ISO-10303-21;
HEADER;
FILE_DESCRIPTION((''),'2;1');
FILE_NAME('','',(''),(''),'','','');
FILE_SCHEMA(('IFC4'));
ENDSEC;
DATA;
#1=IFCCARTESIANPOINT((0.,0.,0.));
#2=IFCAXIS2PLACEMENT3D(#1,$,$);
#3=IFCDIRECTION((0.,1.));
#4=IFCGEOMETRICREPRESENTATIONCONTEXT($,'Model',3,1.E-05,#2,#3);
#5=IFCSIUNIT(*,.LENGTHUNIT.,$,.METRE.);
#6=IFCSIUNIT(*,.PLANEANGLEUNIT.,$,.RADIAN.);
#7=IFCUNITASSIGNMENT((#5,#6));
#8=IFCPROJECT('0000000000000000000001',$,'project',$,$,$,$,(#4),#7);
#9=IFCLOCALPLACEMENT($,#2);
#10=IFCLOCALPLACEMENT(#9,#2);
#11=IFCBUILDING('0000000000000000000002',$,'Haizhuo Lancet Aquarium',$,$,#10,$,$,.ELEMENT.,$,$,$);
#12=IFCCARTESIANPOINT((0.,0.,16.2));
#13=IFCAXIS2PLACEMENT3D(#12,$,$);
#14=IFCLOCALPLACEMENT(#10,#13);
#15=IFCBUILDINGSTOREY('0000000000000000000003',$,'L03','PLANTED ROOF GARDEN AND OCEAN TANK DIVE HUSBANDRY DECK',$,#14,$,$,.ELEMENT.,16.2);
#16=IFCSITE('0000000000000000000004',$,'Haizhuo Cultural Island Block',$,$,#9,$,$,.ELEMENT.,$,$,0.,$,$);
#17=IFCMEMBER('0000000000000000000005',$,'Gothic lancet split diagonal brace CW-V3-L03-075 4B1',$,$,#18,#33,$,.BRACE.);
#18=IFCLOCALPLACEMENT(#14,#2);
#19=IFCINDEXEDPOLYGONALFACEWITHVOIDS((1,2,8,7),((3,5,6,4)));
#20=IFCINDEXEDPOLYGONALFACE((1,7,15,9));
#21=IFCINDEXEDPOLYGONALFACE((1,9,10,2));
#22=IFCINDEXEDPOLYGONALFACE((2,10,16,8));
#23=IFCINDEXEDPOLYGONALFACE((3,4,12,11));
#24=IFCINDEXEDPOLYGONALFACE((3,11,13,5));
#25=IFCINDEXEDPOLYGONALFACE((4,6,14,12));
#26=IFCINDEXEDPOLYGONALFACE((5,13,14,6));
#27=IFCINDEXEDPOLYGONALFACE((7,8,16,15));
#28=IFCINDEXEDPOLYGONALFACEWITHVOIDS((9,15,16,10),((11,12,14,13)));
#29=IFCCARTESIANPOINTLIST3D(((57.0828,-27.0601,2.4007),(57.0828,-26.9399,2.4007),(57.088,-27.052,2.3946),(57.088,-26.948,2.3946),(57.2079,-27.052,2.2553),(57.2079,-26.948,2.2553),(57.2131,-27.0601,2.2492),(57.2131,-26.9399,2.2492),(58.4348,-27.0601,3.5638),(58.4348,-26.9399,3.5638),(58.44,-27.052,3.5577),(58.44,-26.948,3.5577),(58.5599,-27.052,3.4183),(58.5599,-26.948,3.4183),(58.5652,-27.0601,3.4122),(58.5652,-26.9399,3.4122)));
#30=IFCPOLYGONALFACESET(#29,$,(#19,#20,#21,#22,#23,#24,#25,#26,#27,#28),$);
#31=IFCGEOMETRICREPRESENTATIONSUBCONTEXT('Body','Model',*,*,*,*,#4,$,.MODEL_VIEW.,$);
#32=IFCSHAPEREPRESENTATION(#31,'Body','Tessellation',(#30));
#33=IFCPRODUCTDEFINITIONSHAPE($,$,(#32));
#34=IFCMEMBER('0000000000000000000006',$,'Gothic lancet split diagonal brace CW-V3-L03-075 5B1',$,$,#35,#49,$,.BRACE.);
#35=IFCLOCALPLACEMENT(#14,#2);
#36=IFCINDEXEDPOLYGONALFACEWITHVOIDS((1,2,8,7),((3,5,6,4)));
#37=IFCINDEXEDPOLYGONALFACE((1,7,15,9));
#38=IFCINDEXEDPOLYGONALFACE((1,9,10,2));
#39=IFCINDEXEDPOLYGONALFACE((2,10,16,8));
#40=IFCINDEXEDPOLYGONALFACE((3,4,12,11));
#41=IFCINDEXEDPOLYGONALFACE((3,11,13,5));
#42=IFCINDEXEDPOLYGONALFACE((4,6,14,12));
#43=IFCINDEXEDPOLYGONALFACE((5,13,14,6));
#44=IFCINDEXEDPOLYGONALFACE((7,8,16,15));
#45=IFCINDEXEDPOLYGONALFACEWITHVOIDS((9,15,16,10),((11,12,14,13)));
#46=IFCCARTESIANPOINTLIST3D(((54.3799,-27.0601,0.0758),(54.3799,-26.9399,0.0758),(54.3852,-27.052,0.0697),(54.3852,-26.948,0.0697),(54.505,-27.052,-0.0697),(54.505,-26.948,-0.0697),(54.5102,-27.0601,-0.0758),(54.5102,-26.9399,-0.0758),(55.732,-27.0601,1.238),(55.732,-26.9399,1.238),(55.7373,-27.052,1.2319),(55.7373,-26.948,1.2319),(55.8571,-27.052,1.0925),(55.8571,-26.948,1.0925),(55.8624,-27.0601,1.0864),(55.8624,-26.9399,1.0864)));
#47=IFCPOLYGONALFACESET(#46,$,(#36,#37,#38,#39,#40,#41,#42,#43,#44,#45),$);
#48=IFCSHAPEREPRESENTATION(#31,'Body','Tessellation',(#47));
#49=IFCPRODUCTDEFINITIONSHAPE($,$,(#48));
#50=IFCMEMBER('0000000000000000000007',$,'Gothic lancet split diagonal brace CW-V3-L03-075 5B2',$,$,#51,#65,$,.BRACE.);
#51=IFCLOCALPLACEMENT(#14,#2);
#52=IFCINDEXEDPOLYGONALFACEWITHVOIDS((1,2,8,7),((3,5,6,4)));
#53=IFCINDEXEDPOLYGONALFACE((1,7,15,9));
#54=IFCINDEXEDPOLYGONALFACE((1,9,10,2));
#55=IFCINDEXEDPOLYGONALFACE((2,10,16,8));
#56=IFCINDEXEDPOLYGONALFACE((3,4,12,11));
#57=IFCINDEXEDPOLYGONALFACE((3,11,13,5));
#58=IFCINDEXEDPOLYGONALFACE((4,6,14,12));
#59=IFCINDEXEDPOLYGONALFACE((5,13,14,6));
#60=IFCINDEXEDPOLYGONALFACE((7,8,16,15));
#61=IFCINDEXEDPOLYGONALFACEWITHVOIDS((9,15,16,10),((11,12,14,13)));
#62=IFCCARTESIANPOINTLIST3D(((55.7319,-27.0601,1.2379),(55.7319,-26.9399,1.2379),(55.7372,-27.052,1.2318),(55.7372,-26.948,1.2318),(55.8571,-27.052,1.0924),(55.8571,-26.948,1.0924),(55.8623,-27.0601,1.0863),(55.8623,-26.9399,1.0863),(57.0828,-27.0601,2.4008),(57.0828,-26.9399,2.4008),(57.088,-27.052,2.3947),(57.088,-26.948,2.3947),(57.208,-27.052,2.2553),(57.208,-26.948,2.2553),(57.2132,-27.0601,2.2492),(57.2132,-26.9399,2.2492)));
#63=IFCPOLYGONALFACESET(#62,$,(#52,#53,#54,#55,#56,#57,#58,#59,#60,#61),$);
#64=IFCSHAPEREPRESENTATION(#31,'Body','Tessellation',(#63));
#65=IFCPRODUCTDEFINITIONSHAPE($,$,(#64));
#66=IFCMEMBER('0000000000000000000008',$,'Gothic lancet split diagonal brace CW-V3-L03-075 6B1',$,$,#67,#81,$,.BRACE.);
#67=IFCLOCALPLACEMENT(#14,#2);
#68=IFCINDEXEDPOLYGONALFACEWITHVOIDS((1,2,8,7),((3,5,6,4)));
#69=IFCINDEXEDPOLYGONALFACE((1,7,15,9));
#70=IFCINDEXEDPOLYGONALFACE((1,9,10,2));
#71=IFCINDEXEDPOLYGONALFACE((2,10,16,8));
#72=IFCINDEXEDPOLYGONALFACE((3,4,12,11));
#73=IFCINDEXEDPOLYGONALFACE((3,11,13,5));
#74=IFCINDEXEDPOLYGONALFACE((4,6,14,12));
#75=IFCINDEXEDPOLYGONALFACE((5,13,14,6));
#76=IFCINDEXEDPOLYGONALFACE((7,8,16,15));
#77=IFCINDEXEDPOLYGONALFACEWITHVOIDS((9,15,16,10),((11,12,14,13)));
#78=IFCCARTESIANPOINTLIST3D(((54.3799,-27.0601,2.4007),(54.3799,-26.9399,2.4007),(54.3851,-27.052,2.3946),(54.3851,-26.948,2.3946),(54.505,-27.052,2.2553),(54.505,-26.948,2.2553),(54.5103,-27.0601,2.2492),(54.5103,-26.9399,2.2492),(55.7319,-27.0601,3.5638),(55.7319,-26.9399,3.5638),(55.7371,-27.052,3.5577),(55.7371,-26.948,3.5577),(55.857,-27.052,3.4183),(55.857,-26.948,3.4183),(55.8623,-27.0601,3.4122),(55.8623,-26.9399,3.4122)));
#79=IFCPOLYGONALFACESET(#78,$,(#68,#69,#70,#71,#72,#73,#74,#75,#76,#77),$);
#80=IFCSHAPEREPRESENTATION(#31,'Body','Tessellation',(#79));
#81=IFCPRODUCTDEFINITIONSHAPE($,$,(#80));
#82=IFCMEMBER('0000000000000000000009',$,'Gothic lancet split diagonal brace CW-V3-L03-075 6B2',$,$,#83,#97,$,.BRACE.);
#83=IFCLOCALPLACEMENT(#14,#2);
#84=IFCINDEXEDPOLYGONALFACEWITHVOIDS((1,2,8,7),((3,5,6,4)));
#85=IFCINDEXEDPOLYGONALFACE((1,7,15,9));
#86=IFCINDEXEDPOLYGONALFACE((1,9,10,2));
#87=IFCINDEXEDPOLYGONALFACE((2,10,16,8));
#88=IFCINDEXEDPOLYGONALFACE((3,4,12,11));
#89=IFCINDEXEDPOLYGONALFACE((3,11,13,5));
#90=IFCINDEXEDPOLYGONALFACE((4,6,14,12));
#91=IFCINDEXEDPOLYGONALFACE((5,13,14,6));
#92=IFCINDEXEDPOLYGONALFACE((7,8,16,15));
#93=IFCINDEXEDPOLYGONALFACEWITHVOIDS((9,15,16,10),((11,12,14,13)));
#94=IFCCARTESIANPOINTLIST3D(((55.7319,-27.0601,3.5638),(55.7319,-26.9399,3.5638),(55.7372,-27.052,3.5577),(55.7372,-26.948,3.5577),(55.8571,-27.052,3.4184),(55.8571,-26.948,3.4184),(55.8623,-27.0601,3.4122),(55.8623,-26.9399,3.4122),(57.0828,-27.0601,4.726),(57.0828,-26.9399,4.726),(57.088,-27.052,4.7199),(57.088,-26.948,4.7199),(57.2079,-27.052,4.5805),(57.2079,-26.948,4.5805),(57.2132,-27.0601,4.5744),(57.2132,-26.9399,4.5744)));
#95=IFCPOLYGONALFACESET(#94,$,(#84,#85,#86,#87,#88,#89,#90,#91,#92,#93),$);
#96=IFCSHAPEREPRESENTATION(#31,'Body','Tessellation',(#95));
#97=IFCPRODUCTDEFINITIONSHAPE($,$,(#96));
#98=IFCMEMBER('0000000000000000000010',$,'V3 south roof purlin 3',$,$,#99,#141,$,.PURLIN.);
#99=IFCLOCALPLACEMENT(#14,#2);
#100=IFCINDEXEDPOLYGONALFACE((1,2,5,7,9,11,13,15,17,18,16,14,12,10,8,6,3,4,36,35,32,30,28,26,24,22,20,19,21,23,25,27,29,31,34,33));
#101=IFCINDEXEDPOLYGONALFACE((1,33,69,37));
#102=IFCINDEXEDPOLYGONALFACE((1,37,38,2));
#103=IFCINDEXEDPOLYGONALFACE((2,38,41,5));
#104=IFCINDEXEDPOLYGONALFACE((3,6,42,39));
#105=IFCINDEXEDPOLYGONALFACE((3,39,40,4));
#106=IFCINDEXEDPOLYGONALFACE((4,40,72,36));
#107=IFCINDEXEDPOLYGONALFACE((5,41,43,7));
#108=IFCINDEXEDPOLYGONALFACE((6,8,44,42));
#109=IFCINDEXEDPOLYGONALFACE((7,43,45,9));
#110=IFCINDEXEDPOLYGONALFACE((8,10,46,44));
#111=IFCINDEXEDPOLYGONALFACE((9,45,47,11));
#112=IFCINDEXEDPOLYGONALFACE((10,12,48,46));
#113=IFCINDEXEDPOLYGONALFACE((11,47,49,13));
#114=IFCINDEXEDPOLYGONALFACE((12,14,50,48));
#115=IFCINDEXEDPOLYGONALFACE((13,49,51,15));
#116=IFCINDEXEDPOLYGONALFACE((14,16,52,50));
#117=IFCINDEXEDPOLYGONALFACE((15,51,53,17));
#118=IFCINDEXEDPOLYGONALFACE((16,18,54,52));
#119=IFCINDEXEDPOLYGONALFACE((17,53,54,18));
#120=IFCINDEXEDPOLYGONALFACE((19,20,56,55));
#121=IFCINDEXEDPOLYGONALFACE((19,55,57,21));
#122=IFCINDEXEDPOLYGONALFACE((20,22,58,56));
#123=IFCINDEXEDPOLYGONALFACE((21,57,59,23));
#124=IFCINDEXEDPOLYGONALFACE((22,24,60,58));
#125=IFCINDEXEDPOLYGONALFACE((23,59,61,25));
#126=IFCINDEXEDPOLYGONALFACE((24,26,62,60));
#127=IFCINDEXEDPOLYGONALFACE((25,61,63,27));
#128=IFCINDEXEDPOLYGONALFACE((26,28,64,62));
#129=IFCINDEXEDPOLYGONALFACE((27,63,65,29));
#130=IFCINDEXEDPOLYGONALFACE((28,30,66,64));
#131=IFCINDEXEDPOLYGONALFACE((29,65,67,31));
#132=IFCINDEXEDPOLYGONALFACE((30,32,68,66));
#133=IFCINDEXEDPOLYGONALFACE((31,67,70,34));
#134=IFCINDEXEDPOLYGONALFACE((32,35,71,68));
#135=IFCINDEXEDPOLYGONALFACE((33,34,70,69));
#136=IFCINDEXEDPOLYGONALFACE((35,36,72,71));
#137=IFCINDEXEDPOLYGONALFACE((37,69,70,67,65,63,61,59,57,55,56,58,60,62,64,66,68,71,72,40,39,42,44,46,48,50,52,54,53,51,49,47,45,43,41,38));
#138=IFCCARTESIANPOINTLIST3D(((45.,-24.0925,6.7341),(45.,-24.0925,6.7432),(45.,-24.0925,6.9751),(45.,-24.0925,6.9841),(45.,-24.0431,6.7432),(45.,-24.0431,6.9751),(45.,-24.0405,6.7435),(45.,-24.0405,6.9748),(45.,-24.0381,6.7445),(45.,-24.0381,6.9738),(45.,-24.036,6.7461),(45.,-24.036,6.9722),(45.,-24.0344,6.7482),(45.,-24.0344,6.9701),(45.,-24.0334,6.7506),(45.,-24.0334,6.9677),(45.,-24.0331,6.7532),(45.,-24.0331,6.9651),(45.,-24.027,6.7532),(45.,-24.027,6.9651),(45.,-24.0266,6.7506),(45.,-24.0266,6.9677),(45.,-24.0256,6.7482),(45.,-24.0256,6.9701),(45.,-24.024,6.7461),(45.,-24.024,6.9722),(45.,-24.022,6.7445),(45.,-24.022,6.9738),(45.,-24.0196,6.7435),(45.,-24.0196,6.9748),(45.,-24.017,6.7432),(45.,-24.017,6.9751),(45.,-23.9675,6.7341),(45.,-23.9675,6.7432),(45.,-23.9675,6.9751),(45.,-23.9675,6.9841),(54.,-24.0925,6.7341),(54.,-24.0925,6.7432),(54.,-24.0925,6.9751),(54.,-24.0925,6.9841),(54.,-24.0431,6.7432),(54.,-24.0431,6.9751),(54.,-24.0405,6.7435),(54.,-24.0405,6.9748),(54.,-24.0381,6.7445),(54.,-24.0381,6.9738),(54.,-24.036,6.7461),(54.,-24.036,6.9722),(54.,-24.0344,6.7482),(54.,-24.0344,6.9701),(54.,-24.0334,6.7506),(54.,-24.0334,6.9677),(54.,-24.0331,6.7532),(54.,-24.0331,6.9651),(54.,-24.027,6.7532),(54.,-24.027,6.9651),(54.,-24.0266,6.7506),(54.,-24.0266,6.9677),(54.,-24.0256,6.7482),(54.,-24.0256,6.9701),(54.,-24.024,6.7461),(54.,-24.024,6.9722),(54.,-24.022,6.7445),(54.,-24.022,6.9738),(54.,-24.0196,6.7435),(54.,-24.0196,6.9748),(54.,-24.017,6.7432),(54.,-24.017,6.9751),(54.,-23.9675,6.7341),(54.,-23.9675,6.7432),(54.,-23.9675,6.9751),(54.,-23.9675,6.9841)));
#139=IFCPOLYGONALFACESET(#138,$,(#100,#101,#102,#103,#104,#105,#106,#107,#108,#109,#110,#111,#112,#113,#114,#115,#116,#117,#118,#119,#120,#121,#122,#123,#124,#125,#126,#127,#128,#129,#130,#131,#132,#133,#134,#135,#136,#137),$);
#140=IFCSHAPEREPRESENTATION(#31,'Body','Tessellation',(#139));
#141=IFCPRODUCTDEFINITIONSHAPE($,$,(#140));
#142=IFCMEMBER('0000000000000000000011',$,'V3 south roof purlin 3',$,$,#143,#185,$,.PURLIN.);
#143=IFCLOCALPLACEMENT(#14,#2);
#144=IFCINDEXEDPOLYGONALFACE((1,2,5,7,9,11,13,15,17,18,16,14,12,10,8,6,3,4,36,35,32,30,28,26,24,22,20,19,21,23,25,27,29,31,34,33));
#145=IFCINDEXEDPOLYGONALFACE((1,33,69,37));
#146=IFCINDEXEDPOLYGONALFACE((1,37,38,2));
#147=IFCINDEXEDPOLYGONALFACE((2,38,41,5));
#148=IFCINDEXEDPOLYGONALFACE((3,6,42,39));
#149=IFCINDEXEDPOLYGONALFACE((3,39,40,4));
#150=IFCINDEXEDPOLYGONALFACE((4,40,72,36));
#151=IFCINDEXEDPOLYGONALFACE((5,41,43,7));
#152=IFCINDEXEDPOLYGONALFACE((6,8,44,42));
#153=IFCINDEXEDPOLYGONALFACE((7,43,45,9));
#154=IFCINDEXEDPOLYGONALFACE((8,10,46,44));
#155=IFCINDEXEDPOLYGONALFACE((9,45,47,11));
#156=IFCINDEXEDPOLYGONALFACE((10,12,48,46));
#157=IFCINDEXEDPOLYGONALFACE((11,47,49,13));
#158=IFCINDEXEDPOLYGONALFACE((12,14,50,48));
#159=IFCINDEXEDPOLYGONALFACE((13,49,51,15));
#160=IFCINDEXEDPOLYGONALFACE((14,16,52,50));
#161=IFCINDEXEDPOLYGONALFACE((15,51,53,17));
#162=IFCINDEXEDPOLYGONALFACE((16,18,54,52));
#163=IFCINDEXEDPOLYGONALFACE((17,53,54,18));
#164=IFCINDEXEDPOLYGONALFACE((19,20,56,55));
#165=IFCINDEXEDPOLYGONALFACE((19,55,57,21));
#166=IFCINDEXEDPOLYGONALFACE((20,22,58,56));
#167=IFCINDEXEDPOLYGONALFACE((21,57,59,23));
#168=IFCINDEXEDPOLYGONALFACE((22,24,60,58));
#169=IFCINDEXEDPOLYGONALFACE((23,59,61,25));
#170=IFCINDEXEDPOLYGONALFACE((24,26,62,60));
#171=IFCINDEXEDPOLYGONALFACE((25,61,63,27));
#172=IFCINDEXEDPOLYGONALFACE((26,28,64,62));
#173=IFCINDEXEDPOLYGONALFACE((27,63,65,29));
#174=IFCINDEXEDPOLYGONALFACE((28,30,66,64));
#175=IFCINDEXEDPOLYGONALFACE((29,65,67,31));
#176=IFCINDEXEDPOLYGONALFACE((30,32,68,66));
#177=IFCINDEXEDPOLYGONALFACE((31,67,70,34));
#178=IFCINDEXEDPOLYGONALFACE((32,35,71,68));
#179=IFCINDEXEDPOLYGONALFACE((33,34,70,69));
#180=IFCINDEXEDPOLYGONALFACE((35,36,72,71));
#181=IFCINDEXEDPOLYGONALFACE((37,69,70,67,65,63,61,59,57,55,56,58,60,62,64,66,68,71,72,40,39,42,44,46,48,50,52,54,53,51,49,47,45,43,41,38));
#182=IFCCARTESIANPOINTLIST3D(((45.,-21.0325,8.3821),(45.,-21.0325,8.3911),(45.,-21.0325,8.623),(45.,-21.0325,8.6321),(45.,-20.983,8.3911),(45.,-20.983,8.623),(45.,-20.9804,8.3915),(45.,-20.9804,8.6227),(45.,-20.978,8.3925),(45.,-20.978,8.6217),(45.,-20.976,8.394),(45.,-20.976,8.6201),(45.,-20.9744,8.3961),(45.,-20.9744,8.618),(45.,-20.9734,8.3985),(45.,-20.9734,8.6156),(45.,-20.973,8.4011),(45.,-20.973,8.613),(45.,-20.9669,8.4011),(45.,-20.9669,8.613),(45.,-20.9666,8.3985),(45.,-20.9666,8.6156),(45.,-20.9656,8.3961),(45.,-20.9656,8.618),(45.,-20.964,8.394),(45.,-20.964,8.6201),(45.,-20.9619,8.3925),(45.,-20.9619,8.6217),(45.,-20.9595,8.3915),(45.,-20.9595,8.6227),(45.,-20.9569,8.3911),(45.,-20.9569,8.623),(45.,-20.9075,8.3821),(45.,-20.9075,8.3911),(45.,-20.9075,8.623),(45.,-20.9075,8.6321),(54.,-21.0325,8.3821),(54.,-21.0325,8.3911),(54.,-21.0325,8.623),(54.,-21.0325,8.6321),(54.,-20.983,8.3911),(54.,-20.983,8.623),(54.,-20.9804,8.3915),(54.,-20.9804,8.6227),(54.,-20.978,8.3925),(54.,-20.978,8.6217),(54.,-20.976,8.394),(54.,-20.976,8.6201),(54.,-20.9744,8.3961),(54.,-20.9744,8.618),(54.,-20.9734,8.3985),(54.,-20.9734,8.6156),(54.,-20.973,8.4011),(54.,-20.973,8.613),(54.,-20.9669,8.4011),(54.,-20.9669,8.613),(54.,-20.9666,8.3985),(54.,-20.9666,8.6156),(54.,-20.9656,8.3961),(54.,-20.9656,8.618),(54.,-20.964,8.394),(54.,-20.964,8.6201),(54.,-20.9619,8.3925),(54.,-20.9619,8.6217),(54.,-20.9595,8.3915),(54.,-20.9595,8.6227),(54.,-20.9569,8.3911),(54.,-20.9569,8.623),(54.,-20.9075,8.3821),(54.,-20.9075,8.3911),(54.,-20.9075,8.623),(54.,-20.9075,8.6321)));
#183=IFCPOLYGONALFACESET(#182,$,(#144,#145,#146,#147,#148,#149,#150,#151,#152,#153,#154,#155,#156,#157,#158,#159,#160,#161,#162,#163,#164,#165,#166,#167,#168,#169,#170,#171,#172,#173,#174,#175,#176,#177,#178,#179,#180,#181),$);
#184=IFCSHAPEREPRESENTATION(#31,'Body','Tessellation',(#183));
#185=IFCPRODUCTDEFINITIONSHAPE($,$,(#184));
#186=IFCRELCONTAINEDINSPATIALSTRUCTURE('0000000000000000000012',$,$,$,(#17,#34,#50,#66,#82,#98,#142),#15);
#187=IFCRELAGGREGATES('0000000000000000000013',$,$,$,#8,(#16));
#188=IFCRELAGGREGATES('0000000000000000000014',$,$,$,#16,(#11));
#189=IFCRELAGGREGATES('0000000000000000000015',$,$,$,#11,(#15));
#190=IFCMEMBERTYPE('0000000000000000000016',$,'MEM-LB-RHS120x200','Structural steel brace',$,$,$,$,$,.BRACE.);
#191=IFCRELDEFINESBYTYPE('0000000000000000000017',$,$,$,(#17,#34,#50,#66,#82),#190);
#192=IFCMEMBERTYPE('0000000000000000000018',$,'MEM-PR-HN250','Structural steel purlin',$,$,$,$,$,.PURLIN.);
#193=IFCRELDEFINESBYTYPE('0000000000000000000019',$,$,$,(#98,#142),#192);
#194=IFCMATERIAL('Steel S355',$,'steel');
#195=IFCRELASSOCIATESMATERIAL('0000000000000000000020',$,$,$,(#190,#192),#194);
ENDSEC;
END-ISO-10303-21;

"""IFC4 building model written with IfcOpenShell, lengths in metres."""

from ifc_helpers import new_model, si_unit, direction, frame, origin, origin_2d, place, context, subcontext, project, spatial, hollow_rectangle, i_section, extrude, material, material_profile, profile_set, type_object, element, save


model = new_model("IFC4")

# Units and contexts
model_context = context("Model", 3, precision=1e-05, world=origin(), true_north=direction((0.0, 1.0)))
body_context = subcontext(model_context, "Body", "Model", "MODEL_VIEW")
ifc_project = project(units=[si_unit("LENGTHUNIT", "METRE"), si_unit("PLANEANGLEUNIT", "RADIAN")], contexts=[model_context])

# Site, building, storey
site_placement = place(None, origin())
site = spatial("IfcSite", under=ifc_project, at=site_placement, Name="Haizhuo Cultural Island Block", CompositionType="ELEMENT", RefElevation=0.0)
building_placement = place(site_placement, origin())
building = spatial("IfcBuilding", under=site, at=building_placement, Name="Haizhuo Lancet Aquarium", CompositionType="ELEMENT")
storey_placement = place(building_placement, frame((0.0, 0.0, 16.2)))
storey = spatial("IfcBuildingStorey", under=building, at=storey_placement, Name="L03", Description="PLANTED ROOF GARDEN AND OCEAN TANK DIVE HUSBANDRY DECK", CompositionType="ELEMENT", Elevation=16.2)

# Members
ifc_material_1 = material(Name="Steel S355", Category="steel")
ifc_material_profile_1 = material_profile(ifc_material_1, hollow_rectangle(XDim=0.1201, YDim=0.2, WallThickness=0.0081, at=origin_2d()), Name="RHS 120x200x8")
ifc_profile_set_1 = profile_set([ifc_material_profile_1], Name="Steel S355")
member_type_1 = type_object("IfcMemberType", Name="MEM-LB-RHS120x200", Description="Structural steel brace", PredefinedType="BRACE", material=ifc_profile_set_1)
member_1_placement = place(storey_placement, frame((57.1479, -27.0, 2.325), z_axis=(0.758096, 0.0, 0.652143), x_axis=(0.0, 1.0, 0.0)))
element("IfcMember", 1, at=member_1_placement, inside=storey, type_object=member_type_1, Name="Gothic lancet split diagonal brace CW-V3-L03-075 4B1", PredefinedType="BRACE", context=body_context, shape_type="SweptSolid", body=[
    extrude(hollow_rectangle(XDim=0.1201, YDim=0.2, WallThickness=0.0081, at=origin_2d()), origin(), (0.0, 0.0, 1.0), 1.7834),
])
member_2_placement = place(storey_placement, frame((54.4451, -27.0, 0.0), z_axis=(0.758367, 0.0, 0.651828), x_axis=(0.0, 1.0, 0.0)))
element("IfcMember", 2, at=member_2_placement, inside=storey, type_object=member_type_1, Name="Gothic lancet split diagonal brace CW-V3-L03-075 5B1", PredefinedType="BRACE", context=body_context, shape_type="SweptSolid", body=[
    extrude(hollow_rectangle(XDim=0.1201, YDim=0.2, WallThickness=0.0081, at=origin_2d()), origin(), (0.0, 0.0, 1.0), 1.783),
])
member_3_placement = place(storey_placement, frame((55.7971, -27.0, 1.1621), z_axis=(0.757872, 0.0, 0.652403), x_axis=(0.0, 1.0, 0.0)))
element("IfcMember", 3, at=member_3_placement, inside=storey, type_object=member_type_1, Name="Gothic lancet split diagonal brace CW-V3-L03-075 5B2", PredefinedType="BRACE", context=body_context, shape_type="SweptSolid", body=[
    extrude(hollow_rectangle(XDim=0.1201, YDim=0.2, WallThickness=0.0081, at=origin_2d()), origin(), (0.0, 0.0, 1.0), 1.7825),
])
member_4_placement = place(storey_placement, frame((54.4451, -27.0, 2.325), z_axis=(0.758096, 0.0, 0.652143), x_axis=(0.0, 1.0, 0.0)))
element("IfcMember", 4, at=member_4_placement, inside=storey, type_object=member_type_1, Name="Gothic lancet split diagonal brace CW-V3-L03-075 6B1", PredefinedType="BRACE", context=body_context, shape_type="SweptSolid", body=[
    extrude(hollow_rectangle(XDim=0.1201, YDim=0.2, WallThickness=0.0081, at=origin_2d()), origin(), (0.0, 0.0, 1.0), 1.7834),
])
member_5_placement = place(storey_placement, frame((55.7971, -27.0, 3.488), z_axis=(0.758075, 0.0, 0.652167), x_axis=(0.0, 1.0, 0.0)))
element("IfcMember", 5, at=member_5_placement, inside=storey, type_object=member_type_1, Name="Gothic lancet split diagonal brace CW-V3-L03-075 6B2", PredefinedType="BRACE", context=body_context, shape_type="SweptSolid", body=[
    extrude(hollow_rectangle(XDim=0.1201, YDim=0.2, WallThickness=0.0081, at=origin_2d()), origin(), (0.0, 0.0, 1.0), 1.782),
])
ifc_material_profile_2 = material_profile(ifc_material_1, i_section(OverallWidth=0.125, OverallDepth=0.25, WebThickness=0.0061, FlangeThickness=0.009, FilletRadius=0.01, at=origin_2d()), Name="HN 250x125x6x9")
ifc_profile_set_2 = profile_set([ifc_material_profile_2], Name="Steel S355")
member_type_2 = type_object("IfcMemberType", Name="MEM-PR-HN250", Description="Structural steel purlin", PredefinedType="PURLIN", material=ifc_profile_set_2)
for number, where, z_axis, x_axis, name in (
    (6, (45.0, -24.03, 6.8591), (1.0, 0.0, 0.0), (0.0, 1.0, 0.0), "V3 south roof purlin 3"),
    (7, (45.0, -20.97, 8.5071), (1.0, 0.0, 0.0), (0.0, 1.0, 0.0), "V3 south roof purlin 3"),
):
    element("IfcMember", number, at=place(storey_placement, frame(where, z_axis=z_axis, x_axis=x_axis)), inside=storey, type_object=member_type_2, Name=name, PredefinedType="PURLIN", context=body_context, shape_type="SweptSolid", body=[
        extrude(i_section(OverallWidth=0.125, OverallDepth=0.25, WebThickness=0.0061, FlangeThickness=0.009, FilletRadius=0.01, at=origin_2d()), origin(), (0.0, 0.0, 1.0), 9.0),
    ])

save(model, "model.ifc")
